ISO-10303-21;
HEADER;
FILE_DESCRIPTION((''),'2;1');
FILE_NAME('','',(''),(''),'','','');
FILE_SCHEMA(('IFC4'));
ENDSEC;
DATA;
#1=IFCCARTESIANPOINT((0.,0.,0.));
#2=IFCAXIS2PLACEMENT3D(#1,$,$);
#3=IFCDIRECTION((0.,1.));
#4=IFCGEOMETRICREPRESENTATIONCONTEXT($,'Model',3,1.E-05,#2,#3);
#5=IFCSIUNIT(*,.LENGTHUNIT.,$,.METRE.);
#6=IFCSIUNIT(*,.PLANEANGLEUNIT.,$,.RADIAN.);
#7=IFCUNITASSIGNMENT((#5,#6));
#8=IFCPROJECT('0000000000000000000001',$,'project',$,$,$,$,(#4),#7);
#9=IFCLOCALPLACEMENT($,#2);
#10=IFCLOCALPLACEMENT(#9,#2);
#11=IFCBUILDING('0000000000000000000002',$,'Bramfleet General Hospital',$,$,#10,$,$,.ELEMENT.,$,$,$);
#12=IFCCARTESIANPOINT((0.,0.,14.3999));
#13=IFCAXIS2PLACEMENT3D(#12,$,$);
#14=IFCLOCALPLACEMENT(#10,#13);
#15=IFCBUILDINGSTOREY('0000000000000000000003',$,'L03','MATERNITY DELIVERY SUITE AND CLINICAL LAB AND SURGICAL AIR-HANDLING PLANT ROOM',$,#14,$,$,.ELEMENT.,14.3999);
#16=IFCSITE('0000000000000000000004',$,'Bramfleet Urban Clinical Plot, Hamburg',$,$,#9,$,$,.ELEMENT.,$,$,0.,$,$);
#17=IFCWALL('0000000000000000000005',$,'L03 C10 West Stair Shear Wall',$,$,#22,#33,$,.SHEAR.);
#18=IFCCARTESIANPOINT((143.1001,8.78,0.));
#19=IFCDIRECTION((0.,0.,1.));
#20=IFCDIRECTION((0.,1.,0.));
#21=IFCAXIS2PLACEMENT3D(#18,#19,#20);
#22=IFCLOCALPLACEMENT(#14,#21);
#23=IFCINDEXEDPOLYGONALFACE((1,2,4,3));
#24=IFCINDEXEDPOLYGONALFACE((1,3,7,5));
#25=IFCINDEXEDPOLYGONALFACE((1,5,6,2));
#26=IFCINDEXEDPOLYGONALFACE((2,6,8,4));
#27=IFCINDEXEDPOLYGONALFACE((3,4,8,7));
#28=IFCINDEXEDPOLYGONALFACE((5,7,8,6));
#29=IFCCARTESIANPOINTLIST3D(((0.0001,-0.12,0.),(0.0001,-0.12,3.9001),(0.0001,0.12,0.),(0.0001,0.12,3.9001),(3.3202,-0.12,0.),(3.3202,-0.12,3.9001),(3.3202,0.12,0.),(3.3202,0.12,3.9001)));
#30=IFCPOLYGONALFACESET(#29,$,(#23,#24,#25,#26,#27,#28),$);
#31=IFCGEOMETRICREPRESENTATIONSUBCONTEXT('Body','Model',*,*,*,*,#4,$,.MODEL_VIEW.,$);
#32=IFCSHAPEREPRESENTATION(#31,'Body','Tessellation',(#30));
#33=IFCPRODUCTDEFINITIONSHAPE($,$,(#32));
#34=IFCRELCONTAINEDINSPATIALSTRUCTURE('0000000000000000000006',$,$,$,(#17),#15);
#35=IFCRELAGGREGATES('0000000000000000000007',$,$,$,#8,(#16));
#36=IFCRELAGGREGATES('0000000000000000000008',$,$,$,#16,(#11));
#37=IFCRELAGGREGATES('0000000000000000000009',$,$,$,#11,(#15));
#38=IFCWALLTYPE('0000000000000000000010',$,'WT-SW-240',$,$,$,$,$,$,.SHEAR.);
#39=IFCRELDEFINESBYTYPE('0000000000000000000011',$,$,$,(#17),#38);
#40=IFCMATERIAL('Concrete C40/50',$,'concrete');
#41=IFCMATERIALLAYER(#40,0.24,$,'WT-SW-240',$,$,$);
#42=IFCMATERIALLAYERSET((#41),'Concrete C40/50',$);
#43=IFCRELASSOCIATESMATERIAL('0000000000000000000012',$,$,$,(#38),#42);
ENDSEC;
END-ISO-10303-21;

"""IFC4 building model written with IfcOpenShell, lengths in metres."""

from ifc_helpers import new_model, si_unit, direction, frame, frame_2d, origin, place, context, subcontext, project, spatial, rectangle, extrude, material, layer, layer_set, type_object, element, save


model = new_model("IFC4")

# Units and contexts
model_context = context("Model", 3, precision=1e-05, world=origin(), true_north=direction((0.0, 1.0)))
body_context = subcontext(model_context, "Body", "Model", "MODEL_VIEW")
ifc_project = project(units=[si_unit("LENGTHUNIT", "METRE"), si_unit("PLANEANGLEUNIT", "RADIAN")], contexts=[model_context])

# Site, building, storey
site_placement = place(None, origin())
site = spatial("IfcSite", under=ifc_project, at=site_placement, Name="Bramfleet Urban Clinical Plot, Hamburg", CompositionType="ELEMENT", RefElevation=0.0)
building_placement = place(site_placement, origin())
building = spatial("IfcBuilding", under=site, at=building_placement, Name="Bramfleet General Hospital", CompositionType="ELEMENT")
storey_placement = place(building_placement, frame((0.0, 0.0, 14.3999)))
storey = spatial("IfcBuildingStorey", under=building, at=storey_placement, Name="L03", Description="MATERNITY DELIVERY SUITE AND CLINICAL LAB AND SURGICAL AIR-HANDLING PLANT ROOM", CompositionType="ELEMENT", Elevation=14.3999)

# Shared definitions
ifc_material_1 = material(Name="Concrete C40/50", Category="concrete")

# Wall
ifc_layer_1 = layer(ifc_material_1, 0.24, Name="WT-SW-240")
ifc_layer_set_1 = layer_set([ifc_layer_1], Name="Concrete C40/50")
wall_type_1 = type_object("IfcWallType", Name="WT-SW-240", PredefinedType="SHEAR", material=ifc_layer_set_1)
wall_1_placement = place(storey_placement, frame((143.1001, 8.78, 0.0), z_axis=(0.0, 0.0, 1.0), x_axis=(0.0, 1.0, 0.0)))
element("IfcWall", 1, at=wall_1_placement, inside=storey, type_object=wall_type_1, Name="L03 C10 West Stair Shear Wall", PredefinedType="SHEAR", context=body_context, shape_type="SweptSolid", body=[
    extrude(rectangle(XDim=3.3201, YDim=0.24, at=frame_2d((1.6602, 0.0))), origin(), (0.0, 0.0, 1.0), 3.9001),
])

save(model, "model.ifc")
